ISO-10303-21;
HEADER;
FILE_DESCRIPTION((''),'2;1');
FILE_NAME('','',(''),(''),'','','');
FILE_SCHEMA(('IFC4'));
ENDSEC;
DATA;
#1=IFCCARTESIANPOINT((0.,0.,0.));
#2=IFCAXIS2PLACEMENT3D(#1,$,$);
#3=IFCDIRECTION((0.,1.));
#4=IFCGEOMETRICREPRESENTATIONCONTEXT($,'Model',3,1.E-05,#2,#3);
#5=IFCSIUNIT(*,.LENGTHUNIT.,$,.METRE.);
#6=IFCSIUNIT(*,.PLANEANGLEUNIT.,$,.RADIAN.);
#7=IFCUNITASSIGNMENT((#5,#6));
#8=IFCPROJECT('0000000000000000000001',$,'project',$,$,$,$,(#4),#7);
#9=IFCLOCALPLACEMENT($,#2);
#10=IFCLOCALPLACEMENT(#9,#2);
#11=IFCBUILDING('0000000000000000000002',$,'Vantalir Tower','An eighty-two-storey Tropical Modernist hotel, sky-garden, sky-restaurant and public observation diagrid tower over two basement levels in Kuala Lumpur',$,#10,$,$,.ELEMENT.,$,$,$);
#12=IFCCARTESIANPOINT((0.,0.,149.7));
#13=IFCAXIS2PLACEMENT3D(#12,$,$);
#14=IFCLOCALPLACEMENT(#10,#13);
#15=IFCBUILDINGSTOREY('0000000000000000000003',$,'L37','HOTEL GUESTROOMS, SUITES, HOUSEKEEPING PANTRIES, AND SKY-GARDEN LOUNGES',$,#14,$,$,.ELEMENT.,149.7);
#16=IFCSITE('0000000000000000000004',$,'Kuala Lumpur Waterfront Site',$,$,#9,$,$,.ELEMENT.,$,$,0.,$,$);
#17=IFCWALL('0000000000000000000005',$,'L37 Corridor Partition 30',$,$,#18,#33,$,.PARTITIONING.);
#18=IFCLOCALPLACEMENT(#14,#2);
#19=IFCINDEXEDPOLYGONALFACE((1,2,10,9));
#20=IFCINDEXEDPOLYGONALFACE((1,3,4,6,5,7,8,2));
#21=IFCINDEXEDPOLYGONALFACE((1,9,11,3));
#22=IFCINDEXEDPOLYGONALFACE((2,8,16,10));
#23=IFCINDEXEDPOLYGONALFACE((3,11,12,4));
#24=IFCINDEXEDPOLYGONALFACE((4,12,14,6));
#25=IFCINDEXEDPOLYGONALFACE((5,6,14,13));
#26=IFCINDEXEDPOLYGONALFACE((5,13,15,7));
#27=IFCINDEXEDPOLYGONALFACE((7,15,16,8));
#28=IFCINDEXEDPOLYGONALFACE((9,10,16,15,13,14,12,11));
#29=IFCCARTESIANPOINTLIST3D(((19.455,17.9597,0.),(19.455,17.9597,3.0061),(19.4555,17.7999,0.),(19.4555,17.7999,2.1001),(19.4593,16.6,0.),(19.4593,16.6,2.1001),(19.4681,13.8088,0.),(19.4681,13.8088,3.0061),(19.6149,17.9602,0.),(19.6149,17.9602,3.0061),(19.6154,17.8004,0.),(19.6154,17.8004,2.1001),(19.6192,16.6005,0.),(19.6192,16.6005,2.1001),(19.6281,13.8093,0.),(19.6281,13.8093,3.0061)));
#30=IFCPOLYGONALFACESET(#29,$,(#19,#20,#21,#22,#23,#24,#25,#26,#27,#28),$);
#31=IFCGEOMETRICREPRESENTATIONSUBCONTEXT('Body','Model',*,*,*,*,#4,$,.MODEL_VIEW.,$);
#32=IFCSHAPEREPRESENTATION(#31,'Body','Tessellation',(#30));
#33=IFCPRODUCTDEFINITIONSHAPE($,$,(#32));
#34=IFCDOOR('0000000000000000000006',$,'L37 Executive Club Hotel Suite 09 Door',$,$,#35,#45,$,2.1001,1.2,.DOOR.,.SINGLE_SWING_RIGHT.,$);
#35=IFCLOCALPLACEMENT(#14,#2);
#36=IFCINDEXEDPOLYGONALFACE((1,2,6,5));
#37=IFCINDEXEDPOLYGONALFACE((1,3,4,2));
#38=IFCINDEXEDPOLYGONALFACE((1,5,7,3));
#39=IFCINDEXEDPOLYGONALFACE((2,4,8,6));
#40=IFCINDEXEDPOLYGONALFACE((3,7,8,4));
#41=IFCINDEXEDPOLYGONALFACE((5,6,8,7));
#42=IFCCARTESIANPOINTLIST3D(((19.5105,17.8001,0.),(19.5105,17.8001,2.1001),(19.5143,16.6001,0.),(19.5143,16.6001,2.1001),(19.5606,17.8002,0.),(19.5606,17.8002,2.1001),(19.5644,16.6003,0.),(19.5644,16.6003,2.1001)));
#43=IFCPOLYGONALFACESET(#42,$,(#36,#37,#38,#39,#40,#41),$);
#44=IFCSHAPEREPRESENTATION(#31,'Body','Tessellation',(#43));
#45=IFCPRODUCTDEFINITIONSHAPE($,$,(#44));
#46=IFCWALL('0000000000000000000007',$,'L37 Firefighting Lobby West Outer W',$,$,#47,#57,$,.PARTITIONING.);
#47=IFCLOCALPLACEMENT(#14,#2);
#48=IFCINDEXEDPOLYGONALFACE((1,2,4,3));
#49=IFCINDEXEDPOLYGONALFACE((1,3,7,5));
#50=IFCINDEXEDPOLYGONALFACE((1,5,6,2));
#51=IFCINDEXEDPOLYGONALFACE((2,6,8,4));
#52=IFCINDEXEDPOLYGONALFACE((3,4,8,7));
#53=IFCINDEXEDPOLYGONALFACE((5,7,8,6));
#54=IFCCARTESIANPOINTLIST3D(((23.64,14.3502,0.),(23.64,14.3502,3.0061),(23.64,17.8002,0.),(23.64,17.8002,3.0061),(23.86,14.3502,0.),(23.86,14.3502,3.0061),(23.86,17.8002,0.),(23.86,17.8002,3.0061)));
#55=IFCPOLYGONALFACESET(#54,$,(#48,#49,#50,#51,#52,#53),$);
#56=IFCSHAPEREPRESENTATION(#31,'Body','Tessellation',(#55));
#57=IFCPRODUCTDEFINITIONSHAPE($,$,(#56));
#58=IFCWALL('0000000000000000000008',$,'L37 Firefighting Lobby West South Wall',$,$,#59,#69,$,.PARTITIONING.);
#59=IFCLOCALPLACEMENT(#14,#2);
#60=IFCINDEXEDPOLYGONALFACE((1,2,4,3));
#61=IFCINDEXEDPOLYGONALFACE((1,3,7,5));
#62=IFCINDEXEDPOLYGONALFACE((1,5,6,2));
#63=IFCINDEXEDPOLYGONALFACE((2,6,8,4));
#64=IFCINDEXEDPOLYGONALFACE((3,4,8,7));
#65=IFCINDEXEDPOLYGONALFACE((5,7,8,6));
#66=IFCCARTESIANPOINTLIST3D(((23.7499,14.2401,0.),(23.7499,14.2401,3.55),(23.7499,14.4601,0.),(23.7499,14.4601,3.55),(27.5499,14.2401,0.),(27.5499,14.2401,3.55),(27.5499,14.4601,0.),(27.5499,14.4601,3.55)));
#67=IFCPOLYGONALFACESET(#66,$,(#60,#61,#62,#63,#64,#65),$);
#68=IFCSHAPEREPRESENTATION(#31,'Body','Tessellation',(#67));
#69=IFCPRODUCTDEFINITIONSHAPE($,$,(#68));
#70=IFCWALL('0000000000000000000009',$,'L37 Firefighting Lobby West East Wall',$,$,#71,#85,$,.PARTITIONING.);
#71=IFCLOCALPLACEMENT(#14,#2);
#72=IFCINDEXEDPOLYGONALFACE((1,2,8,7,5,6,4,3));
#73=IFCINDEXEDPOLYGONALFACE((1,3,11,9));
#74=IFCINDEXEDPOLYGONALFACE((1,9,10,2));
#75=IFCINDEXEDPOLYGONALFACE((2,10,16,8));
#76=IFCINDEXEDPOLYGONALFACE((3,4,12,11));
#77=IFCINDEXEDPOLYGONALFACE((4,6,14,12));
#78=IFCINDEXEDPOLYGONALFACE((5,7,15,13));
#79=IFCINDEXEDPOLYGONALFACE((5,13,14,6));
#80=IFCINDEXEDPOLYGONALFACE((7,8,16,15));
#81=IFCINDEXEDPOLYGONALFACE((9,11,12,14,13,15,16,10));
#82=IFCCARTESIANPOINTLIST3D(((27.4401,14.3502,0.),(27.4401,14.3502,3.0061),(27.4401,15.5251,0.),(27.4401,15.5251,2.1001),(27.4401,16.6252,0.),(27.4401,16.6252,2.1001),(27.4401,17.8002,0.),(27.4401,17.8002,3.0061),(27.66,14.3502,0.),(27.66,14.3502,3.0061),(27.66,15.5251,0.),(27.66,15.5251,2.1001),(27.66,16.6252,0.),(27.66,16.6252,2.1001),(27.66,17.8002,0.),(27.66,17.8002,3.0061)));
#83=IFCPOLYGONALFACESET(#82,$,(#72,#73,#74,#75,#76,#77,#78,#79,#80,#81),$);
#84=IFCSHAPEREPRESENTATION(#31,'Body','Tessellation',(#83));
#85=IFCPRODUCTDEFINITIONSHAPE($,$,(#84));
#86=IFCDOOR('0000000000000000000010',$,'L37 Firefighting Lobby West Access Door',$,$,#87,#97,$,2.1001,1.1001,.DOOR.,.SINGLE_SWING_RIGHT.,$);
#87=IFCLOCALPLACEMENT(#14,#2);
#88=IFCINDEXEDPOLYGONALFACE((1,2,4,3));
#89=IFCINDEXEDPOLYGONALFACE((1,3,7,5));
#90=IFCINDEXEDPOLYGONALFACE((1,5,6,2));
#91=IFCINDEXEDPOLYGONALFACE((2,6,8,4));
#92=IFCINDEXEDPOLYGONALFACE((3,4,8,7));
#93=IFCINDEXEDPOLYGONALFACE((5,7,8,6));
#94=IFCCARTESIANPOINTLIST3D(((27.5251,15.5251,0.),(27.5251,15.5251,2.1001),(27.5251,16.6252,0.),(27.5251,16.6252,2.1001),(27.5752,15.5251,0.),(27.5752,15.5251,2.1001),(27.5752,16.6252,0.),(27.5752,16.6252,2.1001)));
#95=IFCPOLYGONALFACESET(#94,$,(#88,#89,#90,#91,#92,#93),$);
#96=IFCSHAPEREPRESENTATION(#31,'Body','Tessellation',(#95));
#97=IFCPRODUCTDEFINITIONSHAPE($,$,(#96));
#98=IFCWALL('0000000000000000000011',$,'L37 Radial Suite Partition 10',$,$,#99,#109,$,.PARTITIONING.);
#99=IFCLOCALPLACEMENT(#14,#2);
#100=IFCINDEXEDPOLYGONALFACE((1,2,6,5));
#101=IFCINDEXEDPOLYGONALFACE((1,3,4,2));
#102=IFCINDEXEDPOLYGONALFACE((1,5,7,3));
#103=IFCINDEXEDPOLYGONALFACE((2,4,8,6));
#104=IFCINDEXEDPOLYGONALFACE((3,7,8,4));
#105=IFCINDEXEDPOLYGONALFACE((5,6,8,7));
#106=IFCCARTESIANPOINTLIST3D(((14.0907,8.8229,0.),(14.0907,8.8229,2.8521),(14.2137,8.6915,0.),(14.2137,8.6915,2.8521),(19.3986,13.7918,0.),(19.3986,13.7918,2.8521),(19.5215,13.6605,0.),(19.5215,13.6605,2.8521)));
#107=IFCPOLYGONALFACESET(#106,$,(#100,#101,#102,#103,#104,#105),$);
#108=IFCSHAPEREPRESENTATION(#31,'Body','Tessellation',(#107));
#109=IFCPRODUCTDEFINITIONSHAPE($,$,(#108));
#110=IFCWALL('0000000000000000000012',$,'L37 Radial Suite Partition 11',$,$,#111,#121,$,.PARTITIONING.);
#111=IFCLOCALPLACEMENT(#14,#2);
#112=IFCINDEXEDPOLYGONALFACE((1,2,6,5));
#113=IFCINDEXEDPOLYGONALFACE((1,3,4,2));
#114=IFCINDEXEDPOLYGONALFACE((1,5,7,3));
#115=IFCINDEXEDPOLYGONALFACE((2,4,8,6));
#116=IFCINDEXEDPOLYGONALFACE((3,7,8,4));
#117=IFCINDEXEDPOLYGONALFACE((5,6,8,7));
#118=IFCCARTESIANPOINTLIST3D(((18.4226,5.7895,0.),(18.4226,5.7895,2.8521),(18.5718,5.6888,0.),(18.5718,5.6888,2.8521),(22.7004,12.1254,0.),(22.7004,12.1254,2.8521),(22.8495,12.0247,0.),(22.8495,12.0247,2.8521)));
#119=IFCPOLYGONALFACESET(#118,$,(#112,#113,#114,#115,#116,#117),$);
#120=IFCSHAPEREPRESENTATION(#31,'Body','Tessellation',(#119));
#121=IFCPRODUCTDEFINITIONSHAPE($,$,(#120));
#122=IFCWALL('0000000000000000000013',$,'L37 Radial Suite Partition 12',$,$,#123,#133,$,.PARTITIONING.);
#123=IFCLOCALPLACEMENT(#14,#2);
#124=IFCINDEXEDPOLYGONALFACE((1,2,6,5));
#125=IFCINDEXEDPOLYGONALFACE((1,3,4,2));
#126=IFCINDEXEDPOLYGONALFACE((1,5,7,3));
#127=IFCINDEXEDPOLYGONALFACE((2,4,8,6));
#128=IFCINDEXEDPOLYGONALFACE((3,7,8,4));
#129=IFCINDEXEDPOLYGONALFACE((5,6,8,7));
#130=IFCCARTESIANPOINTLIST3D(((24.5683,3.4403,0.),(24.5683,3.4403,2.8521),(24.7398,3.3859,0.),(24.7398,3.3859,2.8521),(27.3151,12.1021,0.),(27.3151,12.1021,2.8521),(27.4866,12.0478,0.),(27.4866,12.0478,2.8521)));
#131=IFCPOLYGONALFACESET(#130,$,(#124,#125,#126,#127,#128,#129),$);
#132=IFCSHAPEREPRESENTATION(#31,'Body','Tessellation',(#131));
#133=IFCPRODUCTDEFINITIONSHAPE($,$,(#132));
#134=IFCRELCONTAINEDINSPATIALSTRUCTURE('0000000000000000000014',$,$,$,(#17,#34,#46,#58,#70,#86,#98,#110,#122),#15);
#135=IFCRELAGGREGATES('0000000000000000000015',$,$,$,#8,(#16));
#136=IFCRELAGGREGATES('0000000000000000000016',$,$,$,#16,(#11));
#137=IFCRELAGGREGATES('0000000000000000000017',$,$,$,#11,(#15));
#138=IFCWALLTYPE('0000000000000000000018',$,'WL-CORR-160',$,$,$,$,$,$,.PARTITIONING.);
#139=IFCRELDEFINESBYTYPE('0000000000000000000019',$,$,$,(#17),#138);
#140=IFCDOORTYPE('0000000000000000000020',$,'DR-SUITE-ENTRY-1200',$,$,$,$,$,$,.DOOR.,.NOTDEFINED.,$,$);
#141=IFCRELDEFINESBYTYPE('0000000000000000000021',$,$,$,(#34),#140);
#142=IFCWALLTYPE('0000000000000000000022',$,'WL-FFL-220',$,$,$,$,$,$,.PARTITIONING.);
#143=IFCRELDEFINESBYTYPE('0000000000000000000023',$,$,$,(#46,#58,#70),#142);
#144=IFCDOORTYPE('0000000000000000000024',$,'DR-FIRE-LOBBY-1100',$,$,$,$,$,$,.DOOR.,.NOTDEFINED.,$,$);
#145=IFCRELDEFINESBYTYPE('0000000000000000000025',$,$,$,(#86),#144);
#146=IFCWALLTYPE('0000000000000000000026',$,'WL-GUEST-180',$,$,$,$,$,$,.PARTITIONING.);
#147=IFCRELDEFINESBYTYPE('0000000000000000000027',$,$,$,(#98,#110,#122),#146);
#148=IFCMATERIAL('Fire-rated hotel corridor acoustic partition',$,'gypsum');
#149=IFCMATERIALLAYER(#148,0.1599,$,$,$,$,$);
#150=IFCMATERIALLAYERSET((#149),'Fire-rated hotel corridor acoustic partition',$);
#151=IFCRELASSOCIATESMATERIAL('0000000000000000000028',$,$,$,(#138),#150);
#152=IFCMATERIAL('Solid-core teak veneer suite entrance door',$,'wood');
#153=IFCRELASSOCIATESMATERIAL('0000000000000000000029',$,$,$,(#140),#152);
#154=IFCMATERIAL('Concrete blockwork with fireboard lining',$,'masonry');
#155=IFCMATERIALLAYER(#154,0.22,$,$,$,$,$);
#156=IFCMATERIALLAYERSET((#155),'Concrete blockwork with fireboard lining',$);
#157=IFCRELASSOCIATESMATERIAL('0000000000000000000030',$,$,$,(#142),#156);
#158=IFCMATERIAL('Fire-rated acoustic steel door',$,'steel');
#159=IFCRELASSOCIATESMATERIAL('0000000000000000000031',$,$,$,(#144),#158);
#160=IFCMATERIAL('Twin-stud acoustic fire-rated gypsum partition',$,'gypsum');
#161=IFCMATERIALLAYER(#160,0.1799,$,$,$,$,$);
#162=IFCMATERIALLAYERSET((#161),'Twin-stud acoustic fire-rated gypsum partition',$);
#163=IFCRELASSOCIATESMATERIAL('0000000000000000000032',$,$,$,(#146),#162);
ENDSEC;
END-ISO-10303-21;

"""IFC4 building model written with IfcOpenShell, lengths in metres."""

from ifc_helpers import new_model, si_unit, direction, frame, frame_2d, origin, place, context, subcontext, project, spatial, rectangle, extrude, material, layer, layer_set, type_object, element, fill, save


model = new_model("IFC4")

# Units and contexts
model_context = context("Model", 3, precision=1e-05, world=origin(), true_north=direction((0.0, 1.0)))
body_context = subcontext(model_context, "Body", "Model", "MODEL_VIEW")
ifc_project = project(units=[si_unit("LENGTHUNIT", "METRE"), si_unit("PLANEANGLEUNIT", "RADIAN")], contexts=[model_context])

# Site, building, storey
site_placement = place(None, origin())
site = spatial("IfcSite", under=ifc_project, at=site_placement, Name="Kuala Lumpur Waterfront Site", CompositionType="ELEMENT", RefElevation=0.0)
building_placement = place(site_placement, origin())
building = spatial("IfcBuilding", under=site, at=building_placement, Name="Vantalir Tower", Description="An eighty-two-storey Tropical Modernist hotel, sky-garden, sky-restaurant and public observation diagrid tower over two basement levels in Kuala Lumpur", CompositionType="ELEMENT")
storey_placement = place(building_placement, frame((0.0, 0.0, 149.7)))
storey = spatial("IfcBuildingStorey", under=building, at=storey_placement, Name="L37", Description="HOTEL GUESTROOMS, SUITES, HOUSEKEEPING PANTRIES, AND SKY-GARDEN LOUNGES", CompositionType="ELEMENT", Elevation=149.7)

# Shared definitions
ifc_material_1 = material(Name="Fire-rated hotel corridor acoustic partition", Category="gypsum")
ifc_layer_1 = layer(ifc_material_1, 0.1599)
ifc_layer_set_1 = layer_set([ifc_layer_1], Name="Fire-rated hotel corridor acoustic partition")
wall_type_1 = type_object("IfcWallType", Name="WL-CORR-160", PredefinedType="PARTITIONING", material=ifc_layer_set_1)
ifc_material_2 = material(Name="Solid-core teak veneer suite entrance door", Category="wood")
door_type_1 = type_object("IfcDoorType", Name="DR-SUITE-ENTRY-1200", OperationType="NOTDEFINED", PredefinedType="DOOR", material=ifc_material_2)

# Wall, opening, door
wall_1_placement = place(storey_placement, frame((19.5481, 13.8091, 0.0), z_axis=(0.0, 0.0, 1.0), x_axis=(-0.003176, 0.999995, 0.0)))
wall_1 = element("IfcWall", 1, at=wall_1_placement, inside=storey, type_object=wall_type_1, Name="L37 Corridor Partition 30", PredefinedType="PARTITIONING", context=body_context, shape_type="SweptSolid", body=[
    extrude(rectangle(XDim=4.1509, YDim=0.1599, at=frame_2d((2.0754, 0.0))), origin(), (0.0, 0.0, 1.0), 3.0061),
])
opening_1_placement = place(wall_1_placement, frame((2.791, 0.0, 0.0)))
opening_1 = element("IfcOpeningElement", 2, at=opening_1_placement, cuts=wall_1, PredefinedType="OPENING", context=body_context, shape_type="SweptSolid", body=[
    extrude(rectangle(XDim=1.2, YDim=2.1001, at=frame_2d((0.6001, 1.05))), frame((0.0, 0.0898, 0.0), z_axis=(0.0, -1.0, 0.0), x_axis=(1.0, 0.0, 0.0)), (0.0, 0.0, 1.0), 0.1799),
])
door_1_placement = place(opening_1_placement, origin())
door_1 = element("IfcDoor", 3, at=door_1_placement, inside=storey, type_object=door_type_1, Name="L37 Executive Club Hotel Suite 09 Door", OperationType="SINGLE_SWING_RIGHT", OverallHeight=2.1001, OverallWidth=1.2, PredefinedType="DOOR", context=body_context, shape_type="SweptSolid", body=[
    extrude(rectangle(XDim=1.2, YDim=2.1001, at=frame_2d((0.6001, 1.05))), frame((0.0, 0.0249, 0.0), z_axis=(0.0, -1.0, 0.0), x_axis=(1.0, 0.0, 0.0)), (0.0, 0.0, 1.0), 0.05),
])
fill(opening_1, door_1)

# Walls
ifc_material_3 = material(Name="Concrete blockwork with fireboard lining", Category="masonry")
ifc_layer_2 = layer(ifc_material_3, 0.22)
ifc_layer_set_2 = layer_set([ifc_layer_2], Name="Concrete blockwork with fireboard lining")
wall_type_2 = type_object("IfcWallType", Name="WL-FFL-220", PredefinedType="PARTITIONING", material=ifc_layer_set_2)
wall_2_placement = place(storey_placement, frame((23.75, 14.3501, 0.0), z_axis=(0.0, 0.0, 1.0), x_axis=(0.0, 1.0, 0.0)))
element("IfcWall", 4, at=wall_2_placement, inside=storey, type_object=wall_type_2, Name="L37 Firefighting Lobby West Outer W", PredefinedType="PARTITIONING", context=body_context, shape_type="SweptSolid", body=[
    extrude(rectangle(XDim=3.45, YDim=0.22, at=frame_2d((1.7251, 0.0))), origin(), (0.0, 0.0, 1.0), 3.0061),
])
wall_3_placement = place(storey_placement, frame((23.75, 14.3501, 0.0), z_axis=(0.0, 0.0, 1.0), x_axis=(1.0, 0.0, 0.0)))
element("IfcWall", 5, at=wall_3_placement, inside=storey, type_object=wall_type_2, Name="L37 Firefighting Lobby West South Wall", PredefinedType="PARTITIONING", context=body_context, shape_type="SweptSolid", body=[
    extrude(rectangle(XDim=3.8, YDim=0.22, at=frame_2d((1.8999, 0.0))), origin(), (0.0, 0.0, 1.0), 3.55),
])

# Wall, opening, door
wall_4_placement = place(storey_placement, frame((27.55, 14.3501, 0.0), z_axis=(0.0, 0.0, 1.0), x_axis=(0.0, 1.0, 0.0)))
wall_4 = element("IfcWall", 6, at=wall_4_placement, inside=storey, type_object=wall_type_2, Name="L37 Firefighting Lobby West East Wall", PredefinedType="PARTITIONING", context=body_context, shape_type="SweptSolid", body=[
    extrude(rectangle(XDim=3.45, YDim=0.22, at=frame_2d((1.7251, 0.0))), origin(), (0.0, 0.0, 1.0), 3.0061),
])
opening_2_placement = place(wall_4_placement, frame((1.175, 0.0, 0.0)))
opening_2 = element("IfcOpeningElement", 7, at=opening_2_placement, cuts=wall_4, PredefinedType="OPENING", context=body_context, shape_type="SweptSolid", body=[
    extrude(rectangle(XDim=1.1001, YDim=2.1001, at=frame_2d((0.55, 1.05))), frame((0.0, 0.1199, 0.0), z_axis=(0.0, -1.0, 0.0), x_axis=(1.0, 0.0, 0.0)), (0.0, 0.0, 1.0), 0.24),
])
ifc_material_4 = material(Name="Fire-rated acoustic steel door", Category="steel")
door_type_2 = type_object("IfcDoorType", Name="DR-FIRE-LOBBY-1100", OperationType="NOTDEFINED", PredefinedType="DOOR", material=ifc_material_4)
door_2_placement = place(opening_2_placement, origin())
door_2 = element("IfcDoor", 8, at=door_2_placement, inside=storey, type_object=door_type_2, Name="L37 Firefighting Lobby West Access Door", OperationType="SINGLE_SWING_RIGHT", OverallHeight=2.1001, OverallWidth=1.1001, PredefinedType="DOOR", context=body_context, shape_type="SweptSolid", body=[
    extrude(rectangle(XDim=1.1001, YDim=2.1001, at=frame_2d((0.55, 1.05))), frame((0.0, 0.0249, 0.0), z_axis=(0.0, -1.0, 0.0), x_axis=(1.0, 0.0, 0.0)), (0.0, 0.0, 1.0), 0.05),
])
fill(opening_2, door_2)

# Walls
ifc_material_5 = material(Name="Twin-stud acoustic fire-rated gypsum partition", Category="gypsum")
ifc_layer_3 = layer(ifc_material_5, 0.1799)
ifc_layer_set_3 = layer_set([ifc_layer_3], Name="Twin-stud acoustic fire-rated gypsum partition")
wall_type_3 = type_object("IfcWallType", Name="WL-GUEST-180", PredefinedType="PARTITIONING", material=ifc_layer_set_3)
wall_5_placement = place(storey_placement, frame((19.46, 13.7261, 0.0), z_axis=(0.0, 0.0, 1.0), x_axis=(-0.730026, -0.683419, 0.0)))
element("IfcWall", 9, at=wall_5_placement, inside=storey, type_object=wall_type_3, Name="L37 Radial Suite Partition 10", PredefinedType="PARTITIONING", context=body_context, shape_type="SweptSolid", body=[
    extrude(rectangle(XDim=7.2708, YDim=0.1799, at=frame_2d((3.6353, 0.0))), origin(), (0.0, 0.0, 1.0), 2.8521),
])
wall_6_placement = place(storey_placement, frame((22.7749, 12.075, 0.0), z_axis=(0.0, 0.0, 1.0), x_axis=(-0.559569, -0.828784, 0.0)))
element("IfcWall", 10, at=wall_6_placement, inside=storey, type_object=wall_type_3, Name="L37 Radial Suite Partition 11", PredefinedType="PARTITIONING", context=body_context, shape_type="SweptSolid", body=[
    extrude(rectangle(XDim=7.6448, YDim=0.1799, at=frame_2d((3.8223, 0.0))), origin(), (0.0, 0.0, 1.0), 2.8521),
])
wall_7_placement = place(storey_placement, frame((27.4009, 12.075, 0.0), z_axis=(0.0, 0.0, 1.0), x_axis=(-0.302282, -0.953219, 0.0)))
element("IfcWall", 11, at=wall_7_placement, inside=storey, type_object=wall_type_3, Name="L37 Radial Suite Partition 12", PredefinedType="PARTITIONING", context=body_context, shape_type="SweptSolid", body=[
    extrude(rectangle(XDim=9.0869, YDim=0.1799, at=frame_2d((4.5435, 0.0))), origin(), (0.0, 0.0, 1.0), 2.8521),
])

save(model, "model.ifc")
